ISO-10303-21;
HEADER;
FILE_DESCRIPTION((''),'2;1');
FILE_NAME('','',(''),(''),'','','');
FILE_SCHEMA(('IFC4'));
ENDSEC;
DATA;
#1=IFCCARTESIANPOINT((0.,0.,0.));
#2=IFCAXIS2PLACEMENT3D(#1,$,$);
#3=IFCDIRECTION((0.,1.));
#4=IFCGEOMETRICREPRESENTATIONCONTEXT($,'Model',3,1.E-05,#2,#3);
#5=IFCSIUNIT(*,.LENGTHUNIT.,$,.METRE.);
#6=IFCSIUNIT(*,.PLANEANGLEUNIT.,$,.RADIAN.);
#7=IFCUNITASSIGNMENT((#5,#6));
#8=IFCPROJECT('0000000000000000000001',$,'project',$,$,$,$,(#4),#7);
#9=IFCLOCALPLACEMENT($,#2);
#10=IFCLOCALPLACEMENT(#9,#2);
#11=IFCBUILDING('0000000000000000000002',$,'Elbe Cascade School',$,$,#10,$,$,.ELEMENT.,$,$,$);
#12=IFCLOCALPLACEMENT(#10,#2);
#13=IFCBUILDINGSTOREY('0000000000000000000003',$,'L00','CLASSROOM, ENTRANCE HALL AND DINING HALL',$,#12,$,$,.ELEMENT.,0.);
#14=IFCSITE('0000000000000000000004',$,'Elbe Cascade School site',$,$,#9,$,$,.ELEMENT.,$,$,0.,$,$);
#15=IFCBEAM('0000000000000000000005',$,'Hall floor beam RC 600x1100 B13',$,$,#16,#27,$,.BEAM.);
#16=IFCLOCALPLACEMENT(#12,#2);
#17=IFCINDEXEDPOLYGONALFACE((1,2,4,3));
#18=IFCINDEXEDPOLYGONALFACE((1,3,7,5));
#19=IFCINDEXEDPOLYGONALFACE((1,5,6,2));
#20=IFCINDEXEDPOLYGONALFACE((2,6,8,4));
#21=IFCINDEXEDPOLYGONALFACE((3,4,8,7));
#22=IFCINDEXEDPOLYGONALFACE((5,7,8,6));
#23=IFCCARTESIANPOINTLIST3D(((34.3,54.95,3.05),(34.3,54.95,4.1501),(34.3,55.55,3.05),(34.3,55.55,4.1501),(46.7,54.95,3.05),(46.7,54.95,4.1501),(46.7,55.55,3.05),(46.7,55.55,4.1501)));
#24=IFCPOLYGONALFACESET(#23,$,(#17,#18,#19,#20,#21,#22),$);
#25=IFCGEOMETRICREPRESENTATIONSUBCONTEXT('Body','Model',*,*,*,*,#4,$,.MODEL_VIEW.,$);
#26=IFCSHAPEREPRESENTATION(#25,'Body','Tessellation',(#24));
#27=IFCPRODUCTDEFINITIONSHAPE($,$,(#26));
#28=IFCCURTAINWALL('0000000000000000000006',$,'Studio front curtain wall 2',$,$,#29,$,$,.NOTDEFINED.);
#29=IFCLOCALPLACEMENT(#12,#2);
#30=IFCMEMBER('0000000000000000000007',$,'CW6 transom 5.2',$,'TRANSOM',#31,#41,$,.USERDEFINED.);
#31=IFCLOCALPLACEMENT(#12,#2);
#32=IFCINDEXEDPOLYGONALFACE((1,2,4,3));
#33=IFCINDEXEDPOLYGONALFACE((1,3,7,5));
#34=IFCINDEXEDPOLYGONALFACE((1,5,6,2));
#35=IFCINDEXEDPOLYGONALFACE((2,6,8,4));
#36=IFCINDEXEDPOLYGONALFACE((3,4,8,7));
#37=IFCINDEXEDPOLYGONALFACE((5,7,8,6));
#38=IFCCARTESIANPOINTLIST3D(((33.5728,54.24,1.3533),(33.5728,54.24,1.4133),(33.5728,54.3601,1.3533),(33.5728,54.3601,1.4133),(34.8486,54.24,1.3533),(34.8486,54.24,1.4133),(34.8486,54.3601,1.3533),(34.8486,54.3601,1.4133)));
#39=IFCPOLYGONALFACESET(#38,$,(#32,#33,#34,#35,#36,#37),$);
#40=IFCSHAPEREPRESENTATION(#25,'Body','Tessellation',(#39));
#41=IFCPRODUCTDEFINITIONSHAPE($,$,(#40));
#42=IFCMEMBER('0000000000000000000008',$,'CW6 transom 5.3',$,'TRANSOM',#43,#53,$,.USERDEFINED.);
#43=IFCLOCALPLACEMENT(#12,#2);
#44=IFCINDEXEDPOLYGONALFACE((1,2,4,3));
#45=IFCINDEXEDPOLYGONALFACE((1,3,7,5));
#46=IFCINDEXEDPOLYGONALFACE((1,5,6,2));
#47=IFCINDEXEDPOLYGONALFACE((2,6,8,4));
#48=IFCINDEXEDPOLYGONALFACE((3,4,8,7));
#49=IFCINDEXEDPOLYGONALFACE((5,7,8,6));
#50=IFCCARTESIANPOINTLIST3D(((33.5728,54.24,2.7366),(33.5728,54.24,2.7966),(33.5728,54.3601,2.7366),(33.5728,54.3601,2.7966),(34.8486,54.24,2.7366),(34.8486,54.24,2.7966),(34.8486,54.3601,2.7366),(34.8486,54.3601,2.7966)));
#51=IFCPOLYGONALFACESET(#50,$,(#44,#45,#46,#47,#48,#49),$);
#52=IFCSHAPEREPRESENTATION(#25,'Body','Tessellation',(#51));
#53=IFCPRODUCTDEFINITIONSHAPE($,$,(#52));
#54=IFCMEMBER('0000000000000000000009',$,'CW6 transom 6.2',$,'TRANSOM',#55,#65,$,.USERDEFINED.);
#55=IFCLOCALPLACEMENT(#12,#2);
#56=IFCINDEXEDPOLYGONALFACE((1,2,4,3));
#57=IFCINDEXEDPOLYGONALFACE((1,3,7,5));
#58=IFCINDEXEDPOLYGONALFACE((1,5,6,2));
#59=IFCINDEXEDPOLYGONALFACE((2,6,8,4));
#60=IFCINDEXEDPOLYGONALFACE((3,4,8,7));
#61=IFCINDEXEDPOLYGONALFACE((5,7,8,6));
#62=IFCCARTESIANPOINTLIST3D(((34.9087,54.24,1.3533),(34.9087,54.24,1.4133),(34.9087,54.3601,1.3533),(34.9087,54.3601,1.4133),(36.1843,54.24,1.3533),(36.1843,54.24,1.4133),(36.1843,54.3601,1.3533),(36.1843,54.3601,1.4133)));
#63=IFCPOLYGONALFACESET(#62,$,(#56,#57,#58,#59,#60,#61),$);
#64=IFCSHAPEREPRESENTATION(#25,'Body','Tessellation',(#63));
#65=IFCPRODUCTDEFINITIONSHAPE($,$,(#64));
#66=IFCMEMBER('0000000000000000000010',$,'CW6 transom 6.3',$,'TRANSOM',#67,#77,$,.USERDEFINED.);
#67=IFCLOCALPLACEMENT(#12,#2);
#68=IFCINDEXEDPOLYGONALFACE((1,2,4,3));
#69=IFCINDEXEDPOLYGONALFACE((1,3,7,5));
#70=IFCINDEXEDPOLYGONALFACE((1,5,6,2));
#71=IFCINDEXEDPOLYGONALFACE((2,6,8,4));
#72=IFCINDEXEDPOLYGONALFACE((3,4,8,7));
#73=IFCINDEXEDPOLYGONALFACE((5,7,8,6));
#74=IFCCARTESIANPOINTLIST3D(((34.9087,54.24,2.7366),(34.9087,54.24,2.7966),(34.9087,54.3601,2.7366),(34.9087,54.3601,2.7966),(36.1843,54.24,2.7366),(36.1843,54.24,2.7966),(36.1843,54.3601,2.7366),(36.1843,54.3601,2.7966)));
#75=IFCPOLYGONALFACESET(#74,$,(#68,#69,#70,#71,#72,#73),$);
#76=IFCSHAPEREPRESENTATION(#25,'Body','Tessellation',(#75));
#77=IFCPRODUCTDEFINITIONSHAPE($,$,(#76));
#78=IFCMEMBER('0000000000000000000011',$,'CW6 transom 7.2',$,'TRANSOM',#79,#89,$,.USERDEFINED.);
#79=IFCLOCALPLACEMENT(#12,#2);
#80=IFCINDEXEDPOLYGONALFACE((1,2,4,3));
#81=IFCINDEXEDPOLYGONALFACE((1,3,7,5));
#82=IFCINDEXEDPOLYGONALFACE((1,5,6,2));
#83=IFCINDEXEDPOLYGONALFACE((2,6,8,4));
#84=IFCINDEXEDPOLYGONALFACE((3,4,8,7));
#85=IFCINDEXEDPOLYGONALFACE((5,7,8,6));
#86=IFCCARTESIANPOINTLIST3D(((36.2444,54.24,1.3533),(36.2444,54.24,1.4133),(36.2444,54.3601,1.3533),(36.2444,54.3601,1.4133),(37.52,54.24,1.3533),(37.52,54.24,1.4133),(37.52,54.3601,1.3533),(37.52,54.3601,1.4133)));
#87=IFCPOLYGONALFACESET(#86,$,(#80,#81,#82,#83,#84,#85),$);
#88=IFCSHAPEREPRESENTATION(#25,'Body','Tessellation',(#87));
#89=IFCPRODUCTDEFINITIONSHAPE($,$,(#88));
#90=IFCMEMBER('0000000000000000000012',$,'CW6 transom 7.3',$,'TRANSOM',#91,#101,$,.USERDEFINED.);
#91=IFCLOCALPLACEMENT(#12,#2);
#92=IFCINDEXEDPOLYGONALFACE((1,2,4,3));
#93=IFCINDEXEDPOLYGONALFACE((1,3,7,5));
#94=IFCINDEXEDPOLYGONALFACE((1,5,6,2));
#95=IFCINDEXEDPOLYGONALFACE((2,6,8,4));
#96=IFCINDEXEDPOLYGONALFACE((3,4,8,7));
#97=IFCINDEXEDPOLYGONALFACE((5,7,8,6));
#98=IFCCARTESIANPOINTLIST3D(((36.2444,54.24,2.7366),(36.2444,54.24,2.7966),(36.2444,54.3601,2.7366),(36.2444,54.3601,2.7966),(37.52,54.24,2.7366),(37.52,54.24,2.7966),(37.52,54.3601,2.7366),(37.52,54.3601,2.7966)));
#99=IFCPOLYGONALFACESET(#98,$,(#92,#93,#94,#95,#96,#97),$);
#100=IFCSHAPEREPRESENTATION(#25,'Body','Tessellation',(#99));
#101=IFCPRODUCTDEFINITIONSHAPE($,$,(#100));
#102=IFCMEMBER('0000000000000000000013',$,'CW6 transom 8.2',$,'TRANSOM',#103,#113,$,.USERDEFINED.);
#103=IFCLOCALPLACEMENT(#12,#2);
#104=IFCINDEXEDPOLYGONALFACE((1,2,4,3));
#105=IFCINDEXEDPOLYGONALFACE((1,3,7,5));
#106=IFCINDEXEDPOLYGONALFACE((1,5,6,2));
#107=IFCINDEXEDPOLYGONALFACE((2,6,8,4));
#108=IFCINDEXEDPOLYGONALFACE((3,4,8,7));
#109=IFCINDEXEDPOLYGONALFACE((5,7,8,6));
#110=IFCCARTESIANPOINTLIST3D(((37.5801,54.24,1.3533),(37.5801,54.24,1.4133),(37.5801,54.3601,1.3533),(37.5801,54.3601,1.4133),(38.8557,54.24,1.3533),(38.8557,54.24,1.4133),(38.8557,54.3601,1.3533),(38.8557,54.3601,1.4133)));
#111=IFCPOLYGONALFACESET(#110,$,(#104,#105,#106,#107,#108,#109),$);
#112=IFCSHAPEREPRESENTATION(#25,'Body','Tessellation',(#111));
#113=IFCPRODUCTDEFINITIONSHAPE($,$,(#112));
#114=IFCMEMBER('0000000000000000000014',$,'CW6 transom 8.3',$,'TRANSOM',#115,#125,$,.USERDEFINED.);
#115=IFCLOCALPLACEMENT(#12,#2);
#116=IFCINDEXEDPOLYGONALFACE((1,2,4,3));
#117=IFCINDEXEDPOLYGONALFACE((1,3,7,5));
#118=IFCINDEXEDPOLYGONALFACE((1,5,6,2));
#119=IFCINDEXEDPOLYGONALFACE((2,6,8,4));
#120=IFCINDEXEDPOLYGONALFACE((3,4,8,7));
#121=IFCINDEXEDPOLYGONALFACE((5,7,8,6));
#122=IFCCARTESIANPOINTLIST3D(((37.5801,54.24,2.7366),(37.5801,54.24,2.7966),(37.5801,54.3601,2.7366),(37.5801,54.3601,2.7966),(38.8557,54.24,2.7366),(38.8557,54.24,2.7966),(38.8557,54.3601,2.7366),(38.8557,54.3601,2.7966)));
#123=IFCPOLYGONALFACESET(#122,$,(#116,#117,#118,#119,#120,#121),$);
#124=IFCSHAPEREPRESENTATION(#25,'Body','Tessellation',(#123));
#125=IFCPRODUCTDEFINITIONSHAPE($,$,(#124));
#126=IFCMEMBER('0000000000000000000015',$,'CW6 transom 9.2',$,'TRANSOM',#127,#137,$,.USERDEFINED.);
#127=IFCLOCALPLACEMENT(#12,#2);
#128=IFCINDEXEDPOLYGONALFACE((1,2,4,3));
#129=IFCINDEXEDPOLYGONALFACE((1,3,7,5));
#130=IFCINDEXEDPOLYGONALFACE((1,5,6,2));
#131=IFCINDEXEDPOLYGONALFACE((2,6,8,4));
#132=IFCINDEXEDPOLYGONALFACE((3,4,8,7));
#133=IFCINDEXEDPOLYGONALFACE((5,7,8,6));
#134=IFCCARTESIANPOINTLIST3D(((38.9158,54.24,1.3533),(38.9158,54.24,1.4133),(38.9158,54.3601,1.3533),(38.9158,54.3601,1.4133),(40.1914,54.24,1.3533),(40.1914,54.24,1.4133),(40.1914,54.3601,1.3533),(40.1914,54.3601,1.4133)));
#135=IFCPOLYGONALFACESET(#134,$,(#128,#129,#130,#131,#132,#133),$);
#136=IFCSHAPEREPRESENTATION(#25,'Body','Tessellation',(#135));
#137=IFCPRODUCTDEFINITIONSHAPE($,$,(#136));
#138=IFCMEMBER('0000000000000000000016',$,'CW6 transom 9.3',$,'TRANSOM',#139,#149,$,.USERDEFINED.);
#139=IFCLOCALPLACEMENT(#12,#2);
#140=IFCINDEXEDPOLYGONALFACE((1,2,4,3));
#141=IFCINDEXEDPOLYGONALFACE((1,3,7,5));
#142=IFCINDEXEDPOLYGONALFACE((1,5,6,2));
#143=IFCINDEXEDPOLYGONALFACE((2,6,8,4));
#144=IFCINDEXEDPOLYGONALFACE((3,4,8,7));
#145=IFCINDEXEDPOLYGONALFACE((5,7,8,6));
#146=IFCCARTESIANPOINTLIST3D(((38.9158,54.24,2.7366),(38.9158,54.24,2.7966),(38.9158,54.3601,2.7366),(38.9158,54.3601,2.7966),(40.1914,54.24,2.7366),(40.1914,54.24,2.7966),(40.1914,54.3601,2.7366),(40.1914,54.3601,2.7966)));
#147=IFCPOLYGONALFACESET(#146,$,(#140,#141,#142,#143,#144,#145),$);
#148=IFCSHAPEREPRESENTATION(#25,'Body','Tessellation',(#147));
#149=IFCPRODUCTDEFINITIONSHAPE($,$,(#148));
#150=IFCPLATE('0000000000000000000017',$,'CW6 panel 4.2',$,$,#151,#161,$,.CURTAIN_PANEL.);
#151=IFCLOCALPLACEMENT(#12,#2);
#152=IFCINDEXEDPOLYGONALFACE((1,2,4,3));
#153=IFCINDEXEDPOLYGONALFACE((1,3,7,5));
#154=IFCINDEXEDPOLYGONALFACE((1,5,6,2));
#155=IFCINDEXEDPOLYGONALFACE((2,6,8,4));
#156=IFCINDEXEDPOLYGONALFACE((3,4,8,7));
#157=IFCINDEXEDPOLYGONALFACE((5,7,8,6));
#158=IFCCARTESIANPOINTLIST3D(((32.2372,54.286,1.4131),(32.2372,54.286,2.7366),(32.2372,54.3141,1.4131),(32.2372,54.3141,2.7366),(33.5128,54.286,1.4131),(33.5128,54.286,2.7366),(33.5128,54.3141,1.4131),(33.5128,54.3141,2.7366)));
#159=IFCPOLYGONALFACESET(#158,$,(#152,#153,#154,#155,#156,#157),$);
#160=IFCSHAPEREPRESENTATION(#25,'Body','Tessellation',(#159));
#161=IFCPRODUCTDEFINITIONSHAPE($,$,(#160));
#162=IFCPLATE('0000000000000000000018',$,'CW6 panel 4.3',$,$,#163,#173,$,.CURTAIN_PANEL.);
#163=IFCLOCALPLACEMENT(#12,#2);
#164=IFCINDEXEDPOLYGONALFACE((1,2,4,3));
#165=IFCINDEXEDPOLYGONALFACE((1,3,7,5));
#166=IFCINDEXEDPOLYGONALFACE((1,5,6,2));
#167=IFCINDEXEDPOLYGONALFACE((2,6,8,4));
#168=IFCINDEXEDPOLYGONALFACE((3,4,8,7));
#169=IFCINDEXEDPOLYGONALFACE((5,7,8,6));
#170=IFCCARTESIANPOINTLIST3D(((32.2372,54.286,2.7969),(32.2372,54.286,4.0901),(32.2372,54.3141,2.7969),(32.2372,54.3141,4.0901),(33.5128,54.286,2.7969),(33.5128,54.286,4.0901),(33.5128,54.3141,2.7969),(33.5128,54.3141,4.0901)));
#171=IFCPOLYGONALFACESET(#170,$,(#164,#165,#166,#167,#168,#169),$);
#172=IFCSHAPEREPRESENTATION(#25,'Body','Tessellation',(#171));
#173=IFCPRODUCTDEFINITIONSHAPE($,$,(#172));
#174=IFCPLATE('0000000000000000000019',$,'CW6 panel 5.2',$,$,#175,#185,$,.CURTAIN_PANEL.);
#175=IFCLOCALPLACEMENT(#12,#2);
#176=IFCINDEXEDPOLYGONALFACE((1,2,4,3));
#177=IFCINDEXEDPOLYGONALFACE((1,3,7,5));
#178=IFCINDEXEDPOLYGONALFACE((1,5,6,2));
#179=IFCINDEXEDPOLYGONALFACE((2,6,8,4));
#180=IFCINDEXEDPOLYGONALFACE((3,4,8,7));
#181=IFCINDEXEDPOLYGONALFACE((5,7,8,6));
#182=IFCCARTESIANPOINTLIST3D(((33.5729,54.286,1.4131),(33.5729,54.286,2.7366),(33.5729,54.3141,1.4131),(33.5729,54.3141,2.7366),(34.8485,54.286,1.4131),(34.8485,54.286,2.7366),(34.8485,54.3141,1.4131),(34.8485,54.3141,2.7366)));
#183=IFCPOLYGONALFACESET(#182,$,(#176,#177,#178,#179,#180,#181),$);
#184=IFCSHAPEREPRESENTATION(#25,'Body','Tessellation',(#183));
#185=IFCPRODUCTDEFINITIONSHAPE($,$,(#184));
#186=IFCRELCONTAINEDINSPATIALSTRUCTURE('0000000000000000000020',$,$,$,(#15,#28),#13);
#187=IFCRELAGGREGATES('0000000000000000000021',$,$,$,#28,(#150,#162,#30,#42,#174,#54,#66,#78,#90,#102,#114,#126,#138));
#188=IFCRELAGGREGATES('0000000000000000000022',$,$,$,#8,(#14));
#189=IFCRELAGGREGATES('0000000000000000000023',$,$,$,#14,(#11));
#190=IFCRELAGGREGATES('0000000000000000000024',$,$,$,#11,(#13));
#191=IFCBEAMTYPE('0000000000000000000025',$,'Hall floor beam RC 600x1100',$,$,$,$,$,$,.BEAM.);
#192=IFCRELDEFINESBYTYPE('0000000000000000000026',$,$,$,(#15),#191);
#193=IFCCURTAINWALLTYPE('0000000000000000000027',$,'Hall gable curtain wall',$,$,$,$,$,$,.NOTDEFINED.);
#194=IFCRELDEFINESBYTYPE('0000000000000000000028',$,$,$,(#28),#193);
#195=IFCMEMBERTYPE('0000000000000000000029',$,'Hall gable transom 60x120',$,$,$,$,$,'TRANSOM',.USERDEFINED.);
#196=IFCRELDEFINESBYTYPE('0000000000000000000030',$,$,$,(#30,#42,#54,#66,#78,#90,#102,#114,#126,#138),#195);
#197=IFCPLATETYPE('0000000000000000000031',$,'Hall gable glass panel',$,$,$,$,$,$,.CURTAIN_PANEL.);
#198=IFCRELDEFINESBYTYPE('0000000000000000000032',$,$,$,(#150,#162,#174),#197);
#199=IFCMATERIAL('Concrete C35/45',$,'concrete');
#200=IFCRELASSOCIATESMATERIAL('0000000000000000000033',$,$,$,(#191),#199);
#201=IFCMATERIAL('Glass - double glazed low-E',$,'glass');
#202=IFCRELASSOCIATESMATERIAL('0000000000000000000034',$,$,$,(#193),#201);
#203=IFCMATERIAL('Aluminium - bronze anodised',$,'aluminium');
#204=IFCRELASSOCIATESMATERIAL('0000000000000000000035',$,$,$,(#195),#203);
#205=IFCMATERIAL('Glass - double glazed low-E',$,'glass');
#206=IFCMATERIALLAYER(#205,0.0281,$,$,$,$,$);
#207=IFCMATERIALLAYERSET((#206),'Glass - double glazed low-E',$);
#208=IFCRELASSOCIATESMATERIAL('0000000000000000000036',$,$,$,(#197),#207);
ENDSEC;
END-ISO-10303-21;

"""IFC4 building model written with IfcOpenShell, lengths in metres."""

from ifc_helpers import new_model, si_unit, direction, frame, origin, origin_2d, place, context, subcontext, project, spatial, rectangle, extrude, material, layer, layer_set, material_profile, profile_set, type_object, element, aggregate, save


model = new_model("IFC4")

# Units and contexts
model_context = context("Model", 3, precision=1e-05, world=origin(), true_north=direction((0.0, 1.0)))
body_context = subcontext(model_context, "Body", "Model", "MODEL_VIEW")
ifc_project = project(units=[si_unit("LENGTHUNIT", "METRE"), si_unit("PLANEANGLEUNIT", "RADIAN")], contexts=[model_context])

# Site, building, storey
site_placement = place(None, origin())
site = spatial("IfcSite", under=ifc_project, at=site_placement, Name="Elbe Cascade School site", CompositionType="ELEMENT", RefElevation=0.0)
building_placement = place(site_placement, origin())
building = spatial("IfcBuilding", under=site, at=building_placement, Name="Elbe Cascade School", CompositionType="ELEMENT")
storey_placement = place(building_placement, origin())
storey = spatial("IfcBuildingStorey", under=building, at=storey_placement, Name="L00", Description="CLASSROOM, ENTRANCE HALL AND DINING HALL", CompositionType="ELEMENT", Elevation=0.0)

# Beam
ifc_material_1 = material(Name="Concrete C35/45", Category="concrete")
ifc_material_profile_1 = material_profile(ifc_material_1, rectangle(XDim=0.6001, YDim=1.1001, at=origin_2d()), Name="RC 600x1100")
ifc_profile_set_1 = profile_set([ifc_material_profile_1], Name="Concrete C35/45")
beam_type = type_object("IfcBeamType", Name="Hall floor beam RC 600x1100", PredefinedType="BEAM", material=ifc_profile_set_1)
beam_placement = place(storey_placement, frame((34.3, 55.25, 3.6001), z_axis=(1.0, 0.0, 0.0), x_axis=(0.0, 1.0, 0.0)))
element("IfcBeam", 1, at=beam_placement, inside=storey, type_object=beam_type, Name="Hall floor beam RC 600x1100 B13", PredefinedType="BEAM", context=body_context, shape_type="SweptSolid", body=[
    extrude(rectangle(XDim=0.6001, YDim=1.1001, at=origin_2d()), origin(), (0.0, 0.0, 1.0), 12.3999),
])

# Curtain wall, members, plates
ifc_material_2 = material(Name="Glass - double glazed low-E", Category="glass")
curtain_wall_type = type_object("IfcCurtainWallType", Name="Hall gable curtain wall", PredefinedType="NOTDEFINED", material=ifc_material_2)
curtain_wall_placement = place(storey_placement, origin())
curtain_wall = element("IfcCurtainWall", 2, at=curtain_wall_placement, inside=storey, type_object=curtain_wall_type, Name="Studio front curtain wall 2", PredefinedType="NOTDEFINED")
ifc_material_3 = material(Name="Aluminium - bronze anodised", Category="aluminium")
ifc_material_profile_2 = material_profile(ifc_material_3, rectangle(XDim=0.1201, YDim=0.0601, at=origin_2d()), Name="Alu 60x120")
ifc_profile_set_2 = profile_set([ifc_material_profile_2], Name="Aluminium - bronze anodised")
member_type = type_object("IfcMemberType", Name="Hall gable transom 60x120", ElementType="TRANSOM", PredefinedType="USERDEFINED", material=ifc_profile_set_2)
member_1_placement = place(storey_placement, frame((33.5728, 54.3, 1.3833), z_axis=(1.0, 0.0, 0.0), x_axis=(0.0, 1.0, 0.0)))
member_1 = element("IfcMember", 3, at=member_1_placement, type_object=member_type, Name="CW6 transom 5.2", ObjectType="TRANSOM", PredefinedType="USERDEFINED", context=body_context, shape_type="SweptSolid", body=[
    extrude(rectangle(XDim=0.1201, YDim=0.0601, at=origin_2d()), origin(), (0.0, 0.0, 1.0), 1.2759),
])
member_2_placement = place(storey_placement, frame((33.5728, 54.3, 2.7666), z_axis=(1.0, 0.0, 0.0), x_axis=(0.0, 1.0, 0.0)))
member_2 = element("IfcMember", 4, at=member_2_placement, type_object=member_type, Name="CW6 transom 5.3", ObjectType="TRANSOM", PredefinedType="USERDEFINED", context=body_context, shape_type="SweptSolid", body=[
    extrude(rectangle(XDim=0.1201, YDim=0.0601, at=origin_2d()), origin(), (0.0, 0.0, 1.0), 1.2759),
])
member_3_placement = place(storey_placement, frame((34.9087, 54.3, 1.3833), z_axis=(1.0, 0.0, 0.0), x_axis=(0.0, 1.0, 0.0)))
member_3 = element("IfcMember", 5, at=member_3_placement, type_object=member_type, Name="CW6 transom 6.2", ObjectType="TRANSOM", PredefinedType="USERDEFINED", context=body_context, shape_type="SweptSolid", body=[
    extrude(rectangle(XDim=0.1201, YDim=0.0601, at=origin_2d()), origin(), (0.0, 0.0, 1.0), 1.2756),
])
member_4_placement = place(storey_placement, frame((34.9087, 54.3, 2.7666), z_axis=(1.0, 0.0, 0.0), x_axis=(0.0, 1.0, 0.0)))
member_4 = element("IfcMember", 6, at=member_4_placement, type_object=member_type, Name="CW6 transom 6.3", ObjectType="TRANSOM", PredefinedType="USERDEFINED", context=body_context, shape_type="SweptSolid", body=[
    extrude(rectangle(XDim=0.1201, YDim=0.0601, at=origin_2d()), origin(), (0.0, 0.0, 1.0), 1.2756),
])
member_5_placement = place(storey_placement, frame((36.2444, 54.3, 1.3833), z_axis=(1.0, 0.0, 0.0), x_axis=(0.0, 1.0, 0.0)))
member_5 = element("IfcMember", 7, at=member_5_placement, type_object=member_type, Name="CW6 transom 7.2", ObjectType="TRANSOM", PredefinedType="USERDEFINED", context=body_context, shape_type="SweptSolid", body=[
    extrude(rectangle(XDim=0.1201, YDim=0.0601, at=origin_2d()), origin(), (0.0, 0.0, 1.0), 1.2756),
])
member_6_placement = place(storey_placement, frame((36.2444, 54.3, 2.7666), z_axis=(1.0, 0.0, 0.0), x_axis=(0.0, 1.0, 0.0)))
member_6 = element("IfcMember", 8, at=member_6_placement, type_object=member_type, Name="CW6 transom 7.3", ObjectType="TRANSOM", PredefinedType="USERDEFINED", context=body_context, shape_type="SweptSolid", body=[
    extrude(rectangle(XDim=0.1201, YDim=0.0601, at=origin_2d()), origin(), (0.0, 0.0, 1.0), 1.2756),
])
member_7_placement = place(storey_placement, frame((37.5801, 54.3, 1.3833), z_axis=(1.0, 0.0, 0.0), x_axis=(0.0, 1.0, 0.0)))
member_7 = element("IfcMember", 9, at=member_7_placement, type_object=member_type, Name="CW6 transom 8.2", ObjectType="TRANSOM", PredefinedType="USERDEFINED", context=body_context, shape_type="SweptSolid", body=[
    extrude(rectangle(XDim=0.1201, YDim=0.0601, at=origin_2d()), origin(), (0.0, 0.0, 1.0), 1.2756),
])
member_8_placement = place(storey_placement, frame((37.5801, 54.3, 2.7666), z_axis=(1.0, 0.0, 0.0), x_axis=(0.0, 1.0, 0.0)))
member_8 = element("IfcMember", 10, at=member_8_placement, type_object=member_type, Name="CW6 transom 8.3", ObjectType="TRANSOM", PredefinedType="USERDEFINED", context=body_context, shape_type="SweptSolid", body=[
    extrude(rectangle(XDim=0.1201, YDim=0.0601, at=origin_2d()), origin(), (0.0, 0.0, 1.0), 1.2756),
])
member_9_placement = place(storey_placement, frame((38.9158, 54.3, 1.3833), z_axis=(1.0, 0.0, 0.0), x_axis=(0.0, 1.0, 0.0)))
member_9 = element("IfcMember", 11, at=member_9_placement, type_object=member_type, Name="CW6 transom 9.2", ObjectType="TRANSOM", PredefinedType="USERDEFINED", context=body_context, shape_type="SweptSolid", body=[
    extrude(rectangle(XDim=0.1201, YDim=0.0601, at=origin_2d()), origin(), (0.0, 0.0, 1.0), 1.2756),
])
member_10_placement = place(storey_placement, frame((38.9158, 54.3, 2.7666), z_axis=(1.0, 0.0, 0.0), x_axis=(0.0, 1.0, 0.0)))
member_10 = element("IfcMember", 12, at=member_10_placement, type_object=member_type, Name="CW6 transom 9.3", ObjectType="TRANSOM", PredefinedType="USERDEFINED", context=body_context, shape_type="SweptSolid", body=[
    extrude(rectangle(XDim=0.1201, YDim=0.0601, at=origin_2d()), origin(), (0.0, 0.0, 1.0), 1.2756),
])
ifc_material_4 = material(Name="Glass - double glazed low-E", Category="glass")
ifc_layer = layer(ifc_material_4, 0.0281)
ifc_layer_set = layer_set([ifc_layer], Name="Glass - double glazed low-E")
plate_type = type_object("IfcPlateType", Name="Hall gable glass panel", PredefinedType="CURTAIN_PANEL", material=ifc_layer_set)
plate_1_placement = place(storey_placement, frame((32.875, 54.3, 1.4131), z_axis=(0.0, 0.0, 1.0), x_axis=(1.0, 0.0, 0.0)))
plate_1 = element("IfcPlate", 13, at=plate_1_placement, type_object=plate_type, Name="CW6 panel 4.2", PredefinedType="CURTAIN_PANEL", context=body_context, shape_type="SweptSolid", body=[
    extrude(rectangle(XDim=1.2756, YDim=0.0281, at=origin_2d()), origin(), (0.0, 0.0, 1.0), 1.3235),
])
plate_2_placement = place(storey_placement, frame((32.875, 54.3, 2.7969), z_axis=(0.0, 0.0, 1.0), x_axis=(1.0, 0.0, 0.0)))
plate_2 = element("IfcPlate", 14, at=plate_2_placement, type_object=plate_type, Name="CW6 panel 4.3", PredefinedType="CURTAIN_PANEL", context=body_context, shape_type="SweptSolid", body=[
    extrude(rectangle(XDim=1.2756, YDim=0.0281, at=origin_2d()), origin(), (0.0, 0.0, 1.0), 1.2932),
])
plate_3_placement = place(storey_placement, frame((34.2107, 54.3, 1.4131), z_axis=(0.0, 0.0, 1.0), x_axis=(1.0, 0.0, 0.0)))
plate_3 = element("IfcPlate", 15, at=plate_3_placement, type_object=plate_type, Name="CW6 panel 5.2", PredefinedType="CURTAIN_PANEL", context=body_context, shape_type="SweptSolid", body=[
    extrude(rectangle(XDim=1.2756, YDim=0.0281, at=origin_2d()), origin(), (0.0, 0.0, 1.0), 1.3235),
])
aggregate(curtain_wall, [plate_1, plate_2, member_1, member_2, plate_3, member_3, member_4, member_5, member_6, member_7, member_8, member_9, member_10])

save(model, "model.ifc")
